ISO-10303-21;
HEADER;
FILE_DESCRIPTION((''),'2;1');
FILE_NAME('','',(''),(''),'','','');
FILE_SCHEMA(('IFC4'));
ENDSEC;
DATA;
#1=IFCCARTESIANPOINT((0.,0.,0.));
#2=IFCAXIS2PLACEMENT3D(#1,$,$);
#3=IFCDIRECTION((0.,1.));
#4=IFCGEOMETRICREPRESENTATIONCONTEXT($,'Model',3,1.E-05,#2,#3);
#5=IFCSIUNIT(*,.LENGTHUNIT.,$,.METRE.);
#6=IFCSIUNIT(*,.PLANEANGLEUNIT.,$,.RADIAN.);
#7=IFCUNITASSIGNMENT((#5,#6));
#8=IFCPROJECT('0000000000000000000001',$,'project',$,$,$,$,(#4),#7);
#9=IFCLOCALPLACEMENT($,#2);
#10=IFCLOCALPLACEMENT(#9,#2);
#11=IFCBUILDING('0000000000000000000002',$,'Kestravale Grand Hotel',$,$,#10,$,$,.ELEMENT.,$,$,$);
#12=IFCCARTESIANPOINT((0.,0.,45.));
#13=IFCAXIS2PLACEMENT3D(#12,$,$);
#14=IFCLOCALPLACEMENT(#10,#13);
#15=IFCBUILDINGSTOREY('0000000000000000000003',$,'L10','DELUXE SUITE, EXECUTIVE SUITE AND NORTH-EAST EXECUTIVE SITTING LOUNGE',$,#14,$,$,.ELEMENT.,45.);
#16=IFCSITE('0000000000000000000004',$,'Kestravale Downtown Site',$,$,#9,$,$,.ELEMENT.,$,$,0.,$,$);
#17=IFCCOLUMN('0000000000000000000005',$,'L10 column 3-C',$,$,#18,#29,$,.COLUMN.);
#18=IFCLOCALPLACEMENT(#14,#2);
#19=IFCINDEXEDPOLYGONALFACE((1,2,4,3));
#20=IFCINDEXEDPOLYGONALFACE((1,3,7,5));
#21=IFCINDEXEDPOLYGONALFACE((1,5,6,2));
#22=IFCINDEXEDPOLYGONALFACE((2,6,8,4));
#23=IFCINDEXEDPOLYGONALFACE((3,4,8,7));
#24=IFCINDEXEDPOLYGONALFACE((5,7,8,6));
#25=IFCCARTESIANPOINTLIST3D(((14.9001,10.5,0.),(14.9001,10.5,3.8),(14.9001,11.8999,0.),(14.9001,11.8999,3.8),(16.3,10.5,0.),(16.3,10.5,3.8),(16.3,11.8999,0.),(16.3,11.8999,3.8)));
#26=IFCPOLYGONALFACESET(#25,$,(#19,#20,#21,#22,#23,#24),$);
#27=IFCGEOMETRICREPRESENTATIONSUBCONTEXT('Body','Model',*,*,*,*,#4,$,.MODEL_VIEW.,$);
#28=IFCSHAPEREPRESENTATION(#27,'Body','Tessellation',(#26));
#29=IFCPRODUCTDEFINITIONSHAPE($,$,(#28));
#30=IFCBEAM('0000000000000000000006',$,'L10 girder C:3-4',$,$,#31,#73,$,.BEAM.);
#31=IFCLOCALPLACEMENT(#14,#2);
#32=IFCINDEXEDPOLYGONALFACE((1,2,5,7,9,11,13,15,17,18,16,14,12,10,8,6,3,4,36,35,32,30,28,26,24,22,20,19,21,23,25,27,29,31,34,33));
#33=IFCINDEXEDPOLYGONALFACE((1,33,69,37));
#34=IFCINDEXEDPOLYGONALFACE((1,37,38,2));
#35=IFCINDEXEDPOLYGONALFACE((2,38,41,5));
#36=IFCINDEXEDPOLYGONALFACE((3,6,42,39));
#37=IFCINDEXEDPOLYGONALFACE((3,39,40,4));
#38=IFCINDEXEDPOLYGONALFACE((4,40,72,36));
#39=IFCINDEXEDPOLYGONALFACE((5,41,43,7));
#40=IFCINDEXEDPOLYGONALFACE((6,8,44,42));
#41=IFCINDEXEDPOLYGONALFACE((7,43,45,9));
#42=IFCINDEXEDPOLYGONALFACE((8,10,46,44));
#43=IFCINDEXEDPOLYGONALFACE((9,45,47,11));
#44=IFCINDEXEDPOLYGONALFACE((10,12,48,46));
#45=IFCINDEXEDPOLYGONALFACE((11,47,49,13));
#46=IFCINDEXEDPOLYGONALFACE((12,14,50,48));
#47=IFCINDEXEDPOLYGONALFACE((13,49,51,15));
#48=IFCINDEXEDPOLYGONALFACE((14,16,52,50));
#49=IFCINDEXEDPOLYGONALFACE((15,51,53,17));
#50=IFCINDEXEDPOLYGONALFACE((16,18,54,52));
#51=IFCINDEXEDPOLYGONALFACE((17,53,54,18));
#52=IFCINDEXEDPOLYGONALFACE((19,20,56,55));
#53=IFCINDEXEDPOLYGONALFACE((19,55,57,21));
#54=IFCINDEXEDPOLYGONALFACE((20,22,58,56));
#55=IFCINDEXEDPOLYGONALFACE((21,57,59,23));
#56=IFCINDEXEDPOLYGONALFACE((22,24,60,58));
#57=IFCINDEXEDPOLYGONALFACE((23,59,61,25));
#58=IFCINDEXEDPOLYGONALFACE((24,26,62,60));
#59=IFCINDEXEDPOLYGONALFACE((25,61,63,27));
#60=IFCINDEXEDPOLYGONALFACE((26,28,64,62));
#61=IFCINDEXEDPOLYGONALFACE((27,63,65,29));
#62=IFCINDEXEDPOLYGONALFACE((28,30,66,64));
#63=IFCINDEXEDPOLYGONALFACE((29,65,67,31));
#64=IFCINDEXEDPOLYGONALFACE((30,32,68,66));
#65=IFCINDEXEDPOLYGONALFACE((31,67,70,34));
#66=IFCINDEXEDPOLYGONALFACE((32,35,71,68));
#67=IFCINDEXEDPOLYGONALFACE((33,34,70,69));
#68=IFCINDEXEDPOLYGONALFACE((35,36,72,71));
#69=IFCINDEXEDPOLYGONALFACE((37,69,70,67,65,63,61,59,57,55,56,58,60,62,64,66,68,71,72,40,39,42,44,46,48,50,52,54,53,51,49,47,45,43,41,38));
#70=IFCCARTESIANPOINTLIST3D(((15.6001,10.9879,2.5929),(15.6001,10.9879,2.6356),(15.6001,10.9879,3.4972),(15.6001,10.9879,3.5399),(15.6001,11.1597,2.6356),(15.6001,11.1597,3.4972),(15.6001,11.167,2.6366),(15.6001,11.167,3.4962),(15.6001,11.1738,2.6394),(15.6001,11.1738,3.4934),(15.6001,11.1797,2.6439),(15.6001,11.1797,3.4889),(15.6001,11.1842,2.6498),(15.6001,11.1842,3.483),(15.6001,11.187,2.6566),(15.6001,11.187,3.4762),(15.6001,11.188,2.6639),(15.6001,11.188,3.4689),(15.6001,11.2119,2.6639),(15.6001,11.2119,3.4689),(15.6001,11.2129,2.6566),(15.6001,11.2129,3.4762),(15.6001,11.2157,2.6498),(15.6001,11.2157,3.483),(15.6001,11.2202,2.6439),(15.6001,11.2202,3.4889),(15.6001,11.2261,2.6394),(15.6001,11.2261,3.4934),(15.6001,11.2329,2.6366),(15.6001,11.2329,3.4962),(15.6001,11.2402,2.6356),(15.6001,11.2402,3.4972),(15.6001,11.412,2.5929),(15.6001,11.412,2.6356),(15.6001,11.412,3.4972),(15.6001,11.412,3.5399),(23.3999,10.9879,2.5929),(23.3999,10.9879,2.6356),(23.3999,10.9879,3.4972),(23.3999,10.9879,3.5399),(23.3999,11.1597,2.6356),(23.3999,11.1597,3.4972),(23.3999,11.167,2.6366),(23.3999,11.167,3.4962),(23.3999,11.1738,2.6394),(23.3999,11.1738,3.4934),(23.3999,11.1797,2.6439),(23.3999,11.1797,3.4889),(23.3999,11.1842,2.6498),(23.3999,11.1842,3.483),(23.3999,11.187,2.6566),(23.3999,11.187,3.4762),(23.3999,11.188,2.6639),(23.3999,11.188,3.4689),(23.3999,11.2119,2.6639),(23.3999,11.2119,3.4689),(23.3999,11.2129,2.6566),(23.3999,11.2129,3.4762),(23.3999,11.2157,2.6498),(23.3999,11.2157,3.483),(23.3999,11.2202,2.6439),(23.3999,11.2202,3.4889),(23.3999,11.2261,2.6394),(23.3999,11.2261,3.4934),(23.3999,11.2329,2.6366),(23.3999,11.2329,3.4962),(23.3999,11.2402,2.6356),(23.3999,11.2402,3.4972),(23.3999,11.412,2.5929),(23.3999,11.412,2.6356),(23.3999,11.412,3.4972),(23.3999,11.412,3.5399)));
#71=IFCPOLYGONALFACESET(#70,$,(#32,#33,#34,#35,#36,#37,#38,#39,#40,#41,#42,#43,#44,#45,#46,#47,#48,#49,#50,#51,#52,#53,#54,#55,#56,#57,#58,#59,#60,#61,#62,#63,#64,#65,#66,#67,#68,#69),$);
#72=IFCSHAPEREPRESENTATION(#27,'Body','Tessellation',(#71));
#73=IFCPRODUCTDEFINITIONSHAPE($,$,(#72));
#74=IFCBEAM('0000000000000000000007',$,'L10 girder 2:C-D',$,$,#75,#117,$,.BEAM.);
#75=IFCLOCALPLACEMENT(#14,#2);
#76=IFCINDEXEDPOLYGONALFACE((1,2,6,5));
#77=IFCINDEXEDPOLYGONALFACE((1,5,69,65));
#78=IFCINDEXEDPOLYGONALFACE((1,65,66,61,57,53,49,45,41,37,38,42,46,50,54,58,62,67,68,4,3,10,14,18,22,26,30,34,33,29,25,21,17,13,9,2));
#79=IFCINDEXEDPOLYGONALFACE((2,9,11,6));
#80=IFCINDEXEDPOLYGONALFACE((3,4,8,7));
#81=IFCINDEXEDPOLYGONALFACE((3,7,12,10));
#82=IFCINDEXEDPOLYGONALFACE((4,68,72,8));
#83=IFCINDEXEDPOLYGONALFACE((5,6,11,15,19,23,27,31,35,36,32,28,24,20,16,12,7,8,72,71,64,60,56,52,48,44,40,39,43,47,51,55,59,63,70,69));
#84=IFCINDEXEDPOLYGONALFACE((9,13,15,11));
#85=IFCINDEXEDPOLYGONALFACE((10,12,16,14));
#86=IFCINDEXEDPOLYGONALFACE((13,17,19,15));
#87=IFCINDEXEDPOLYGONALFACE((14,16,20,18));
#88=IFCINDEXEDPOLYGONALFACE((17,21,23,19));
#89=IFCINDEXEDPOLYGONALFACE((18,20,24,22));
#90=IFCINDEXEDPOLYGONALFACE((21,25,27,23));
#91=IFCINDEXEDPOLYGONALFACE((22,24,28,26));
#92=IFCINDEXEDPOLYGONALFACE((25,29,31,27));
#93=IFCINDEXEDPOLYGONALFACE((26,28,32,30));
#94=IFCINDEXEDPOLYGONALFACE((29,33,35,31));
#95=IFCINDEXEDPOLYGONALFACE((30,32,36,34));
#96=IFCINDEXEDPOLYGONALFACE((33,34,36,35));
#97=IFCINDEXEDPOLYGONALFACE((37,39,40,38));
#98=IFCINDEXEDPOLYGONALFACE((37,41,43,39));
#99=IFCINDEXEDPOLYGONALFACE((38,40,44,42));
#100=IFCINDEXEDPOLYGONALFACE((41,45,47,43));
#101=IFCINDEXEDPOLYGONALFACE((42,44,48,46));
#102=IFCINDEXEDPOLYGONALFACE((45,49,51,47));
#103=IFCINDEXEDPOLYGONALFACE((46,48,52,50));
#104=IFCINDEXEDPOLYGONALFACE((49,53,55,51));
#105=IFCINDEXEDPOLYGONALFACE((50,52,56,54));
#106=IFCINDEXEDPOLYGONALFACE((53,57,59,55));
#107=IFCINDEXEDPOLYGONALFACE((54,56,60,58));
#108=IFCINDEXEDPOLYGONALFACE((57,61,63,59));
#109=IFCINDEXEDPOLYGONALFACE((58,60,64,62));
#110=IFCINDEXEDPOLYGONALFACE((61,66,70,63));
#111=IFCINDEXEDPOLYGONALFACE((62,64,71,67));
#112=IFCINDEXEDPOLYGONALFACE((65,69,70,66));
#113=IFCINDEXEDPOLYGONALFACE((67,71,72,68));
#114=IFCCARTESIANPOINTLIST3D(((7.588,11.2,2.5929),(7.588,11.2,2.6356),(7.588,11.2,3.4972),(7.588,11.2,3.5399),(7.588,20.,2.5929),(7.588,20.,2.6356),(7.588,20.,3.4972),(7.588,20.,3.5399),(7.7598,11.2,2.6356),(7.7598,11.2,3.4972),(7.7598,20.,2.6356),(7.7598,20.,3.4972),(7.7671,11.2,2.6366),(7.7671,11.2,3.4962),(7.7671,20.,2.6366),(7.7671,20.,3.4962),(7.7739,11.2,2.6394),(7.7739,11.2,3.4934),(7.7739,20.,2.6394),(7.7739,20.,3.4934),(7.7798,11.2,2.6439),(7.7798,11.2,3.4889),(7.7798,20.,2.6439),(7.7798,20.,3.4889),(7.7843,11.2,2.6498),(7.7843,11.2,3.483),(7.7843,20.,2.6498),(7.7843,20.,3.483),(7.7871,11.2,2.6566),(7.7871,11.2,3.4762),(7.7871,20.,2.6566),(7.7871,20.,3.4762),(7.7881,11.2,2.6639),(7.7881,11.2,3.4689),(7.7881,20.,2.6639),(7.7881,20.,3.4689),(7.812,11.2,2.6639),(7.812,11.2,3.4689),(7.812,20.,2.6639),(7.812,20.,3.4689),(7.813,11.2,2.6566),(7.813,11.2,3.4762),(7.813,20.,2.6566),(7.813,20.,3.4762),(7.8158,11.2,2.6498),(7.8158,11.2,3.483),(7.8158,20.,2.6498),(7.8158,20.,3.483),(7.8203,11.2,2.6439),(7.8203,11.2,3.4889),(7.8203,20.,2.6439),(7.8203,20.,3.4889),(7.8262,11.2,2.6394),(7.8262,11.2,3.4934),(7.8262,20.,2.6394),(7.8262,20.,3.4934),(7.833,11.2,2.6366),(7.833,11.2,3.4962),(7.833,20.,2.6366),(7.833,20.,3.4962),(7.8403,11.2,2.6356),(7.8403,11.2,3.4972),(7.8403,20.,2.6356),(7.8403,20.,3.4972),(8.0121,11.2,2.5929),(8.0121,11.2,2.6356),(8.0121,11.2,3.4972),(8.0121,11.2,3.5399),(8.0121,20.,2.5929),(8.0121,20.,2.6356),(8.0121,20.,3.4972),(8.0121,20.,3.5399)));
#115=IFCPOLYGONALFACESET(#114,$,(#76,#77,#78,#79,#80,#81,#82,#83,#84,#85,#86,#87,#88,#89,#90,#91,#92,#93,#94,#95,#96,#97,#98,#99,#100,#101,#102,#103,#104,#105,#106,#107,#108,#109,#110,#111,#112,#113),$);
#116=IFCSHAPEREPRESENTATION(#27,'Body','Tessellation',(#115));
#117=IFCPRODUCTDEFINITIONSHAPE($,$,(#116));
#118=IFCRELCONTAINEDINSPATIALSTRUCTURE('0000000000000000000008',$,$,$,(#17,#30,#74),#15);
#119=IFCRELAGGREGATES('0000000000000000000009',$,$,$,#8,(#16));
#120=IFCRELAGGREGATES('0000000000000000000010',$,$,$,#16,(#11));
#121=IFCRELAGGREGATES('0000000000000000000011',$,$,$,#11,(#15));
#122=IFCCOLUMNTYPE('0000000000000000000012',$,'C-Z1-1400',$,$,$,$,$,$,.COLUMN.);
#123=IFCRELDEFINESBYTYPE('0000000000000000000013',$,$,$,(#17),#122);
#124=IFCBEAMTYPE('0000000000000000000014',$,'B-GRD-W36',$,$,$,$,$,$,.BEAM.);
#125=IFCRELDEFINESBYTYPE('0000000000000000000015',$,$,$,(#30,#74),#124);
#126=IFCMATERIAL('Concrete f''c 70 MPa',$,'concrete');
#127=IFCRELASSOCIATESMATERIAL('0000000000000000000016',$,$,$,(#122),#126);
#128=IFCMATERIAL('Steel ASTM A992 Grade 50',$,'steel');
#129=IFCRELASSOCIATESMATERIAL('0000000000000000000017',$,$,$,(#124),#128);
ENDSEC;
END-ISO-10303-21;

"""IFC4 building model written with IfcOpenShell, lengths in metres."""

from ifc_helpers import new_model, si_unit, direction, frame, origin, origin_2d, place, context, subcontext, project, spatial, rectangle, i_section, extrude, material, material_profile, profile_set, type_object, element, save


model = new_model("IFC4")

# Units and contexts
model_context = context("Model", 3, precision=1e-05, world=origin(), true_north=direction((0.0, 1.0)))
body_context = subcontext(model_context, "Body", "Model", "MODEL_VIEW")
ifc_project = project(units=[si_unit("LENGTHUNIT", "METRE"), si_unit("PLANEANGLEUNIT", "RADIAN")], contexts=[model_context])

# Site, building, storey
site_placement = place(None, origin())
site = spatial("IfcSite", under=ifc_project, at=site_placement, Name="Kestravale Downtown Site", CompositionType="ELEMENT", RefElevation=0.0)
building_placement = place(site_placement, origin())
building = spatial("IfcBuilding", under=site, at=building_placement, Name="Kestravale Grand Hotel", CompositionType="ELEMENT")
storey_placement = place(building_placement, frame((0.0, 0.0, 45.0)))
storey = spatial("IfcBuildingStorey", under=building, at=storey_placement, Name="L10", Description="DELUXE SUITE, EXECUTIVE SUITE AND NORTH-EAST EXECUTIVE SITTING LOUNGE", CompositionType="ELEMENT", Elevation=45.0)

# Column
ifc_material_1 = material(Name="Concrete f'c 70 MPa", Category="concrete")
ifc_material_profile_1 = material_profile(ifc_material_1, rectangle(XDim=1.3999, YDim=1.3999, at=origin_2d()))
ifc_profile_set_1 = profile_set([ifc_material_profile_1], Name="Concrete f'c 70 MPa")
column_type = type_object("IfcColumnType", Name="C-Z1-1400", PredefinedType="COLUMN", material=ifc_profile_set_1)
column_placement = place(storey_placement, frame((15.6001, 11.2, 0.0), z_axis=(0.0, 0.0, 1.0), x_axis=(1.0, 0.0, 0.0)))
element("IfcColumn", 1, at=column_placement, inside=storey, type_object=column_type, Name="L10 column 3-C", PredefinedType="COLUMN", context=body_context, shape_type="SweptSolid", body=[
    extrude(rectangle(XDim=1.3999, YDim=1.3999, at=origin_2d()), origin(), (0.0, 0.0, 1.0), 3.8),
])

# Beams
ifc_material_2 = material(Name="Steel ASTM A992 Grade 50", Category="steel")
ifc_material_profile_2 = material_profile(ifc_material_2, i_section(OverallWidth=0.4241, OverallDepth=0.947, WebThickness=0.0239, FlangeThickness=0.0427, FilletRadius=0.0283, at=origin_2d()))
ifc_profile_set_2 = profile_set([ifc_material_profile_2], Name="Steel ASTM A992 Grade 50")
beam_type = type_object("IfcBeamType", Name="B-GRD-W36", PredefinedType="BEAM", material=ifc_profile_set_2)
beam_1_placement = place(storey_placement, frame((15.6001, 11.2, 3.0664), z_axis=(1.0, 0.0, 0.0), x_axis=(0.0, 1.0, 0.0)))
element("IfcBeam", 2, at=beam_1_placement, inside=storey, type_object=beam_type, Name="L10 girder C:3-4", PredefinedType="BEAM", context=body_context, shape_type="SweptSolid", body=[
    extrude(i_section(OverallWidth=0.4241, OverallDepth=0.947, WebThickness=0.0239, FlangeThickness=0.0427, FilletRadius=0.0283, at=origin_2d()), origin(), (0.0, 0.0, 1.0), 7.7998),
])
beam_2_placement = place(storey_placement, frame((7.8, 11.2, 3.0664), z_axis=(0.0, 1.0, 0.0), x_axis=(-1.0, 0.0, 0.0)))
element("IfcBeam", 3, at=beam_2_placement, inside=storey, type_object=beam_type, Name="L10 girder 2:C-D", PredefinedType="BEAM", context=body_context, shape_type="SweptSolid", body=[
    extrude(i_section(OverallWidth=0.4241, OverallDepth=0.947, WebThickness=0.0239, FlangeThickness=0.0427, FilletRadius=0.0283, at=origin_2d()), origin(), (0.0, 0.0, 1.0), 8.8),
])

save(model, "model.ifc")
